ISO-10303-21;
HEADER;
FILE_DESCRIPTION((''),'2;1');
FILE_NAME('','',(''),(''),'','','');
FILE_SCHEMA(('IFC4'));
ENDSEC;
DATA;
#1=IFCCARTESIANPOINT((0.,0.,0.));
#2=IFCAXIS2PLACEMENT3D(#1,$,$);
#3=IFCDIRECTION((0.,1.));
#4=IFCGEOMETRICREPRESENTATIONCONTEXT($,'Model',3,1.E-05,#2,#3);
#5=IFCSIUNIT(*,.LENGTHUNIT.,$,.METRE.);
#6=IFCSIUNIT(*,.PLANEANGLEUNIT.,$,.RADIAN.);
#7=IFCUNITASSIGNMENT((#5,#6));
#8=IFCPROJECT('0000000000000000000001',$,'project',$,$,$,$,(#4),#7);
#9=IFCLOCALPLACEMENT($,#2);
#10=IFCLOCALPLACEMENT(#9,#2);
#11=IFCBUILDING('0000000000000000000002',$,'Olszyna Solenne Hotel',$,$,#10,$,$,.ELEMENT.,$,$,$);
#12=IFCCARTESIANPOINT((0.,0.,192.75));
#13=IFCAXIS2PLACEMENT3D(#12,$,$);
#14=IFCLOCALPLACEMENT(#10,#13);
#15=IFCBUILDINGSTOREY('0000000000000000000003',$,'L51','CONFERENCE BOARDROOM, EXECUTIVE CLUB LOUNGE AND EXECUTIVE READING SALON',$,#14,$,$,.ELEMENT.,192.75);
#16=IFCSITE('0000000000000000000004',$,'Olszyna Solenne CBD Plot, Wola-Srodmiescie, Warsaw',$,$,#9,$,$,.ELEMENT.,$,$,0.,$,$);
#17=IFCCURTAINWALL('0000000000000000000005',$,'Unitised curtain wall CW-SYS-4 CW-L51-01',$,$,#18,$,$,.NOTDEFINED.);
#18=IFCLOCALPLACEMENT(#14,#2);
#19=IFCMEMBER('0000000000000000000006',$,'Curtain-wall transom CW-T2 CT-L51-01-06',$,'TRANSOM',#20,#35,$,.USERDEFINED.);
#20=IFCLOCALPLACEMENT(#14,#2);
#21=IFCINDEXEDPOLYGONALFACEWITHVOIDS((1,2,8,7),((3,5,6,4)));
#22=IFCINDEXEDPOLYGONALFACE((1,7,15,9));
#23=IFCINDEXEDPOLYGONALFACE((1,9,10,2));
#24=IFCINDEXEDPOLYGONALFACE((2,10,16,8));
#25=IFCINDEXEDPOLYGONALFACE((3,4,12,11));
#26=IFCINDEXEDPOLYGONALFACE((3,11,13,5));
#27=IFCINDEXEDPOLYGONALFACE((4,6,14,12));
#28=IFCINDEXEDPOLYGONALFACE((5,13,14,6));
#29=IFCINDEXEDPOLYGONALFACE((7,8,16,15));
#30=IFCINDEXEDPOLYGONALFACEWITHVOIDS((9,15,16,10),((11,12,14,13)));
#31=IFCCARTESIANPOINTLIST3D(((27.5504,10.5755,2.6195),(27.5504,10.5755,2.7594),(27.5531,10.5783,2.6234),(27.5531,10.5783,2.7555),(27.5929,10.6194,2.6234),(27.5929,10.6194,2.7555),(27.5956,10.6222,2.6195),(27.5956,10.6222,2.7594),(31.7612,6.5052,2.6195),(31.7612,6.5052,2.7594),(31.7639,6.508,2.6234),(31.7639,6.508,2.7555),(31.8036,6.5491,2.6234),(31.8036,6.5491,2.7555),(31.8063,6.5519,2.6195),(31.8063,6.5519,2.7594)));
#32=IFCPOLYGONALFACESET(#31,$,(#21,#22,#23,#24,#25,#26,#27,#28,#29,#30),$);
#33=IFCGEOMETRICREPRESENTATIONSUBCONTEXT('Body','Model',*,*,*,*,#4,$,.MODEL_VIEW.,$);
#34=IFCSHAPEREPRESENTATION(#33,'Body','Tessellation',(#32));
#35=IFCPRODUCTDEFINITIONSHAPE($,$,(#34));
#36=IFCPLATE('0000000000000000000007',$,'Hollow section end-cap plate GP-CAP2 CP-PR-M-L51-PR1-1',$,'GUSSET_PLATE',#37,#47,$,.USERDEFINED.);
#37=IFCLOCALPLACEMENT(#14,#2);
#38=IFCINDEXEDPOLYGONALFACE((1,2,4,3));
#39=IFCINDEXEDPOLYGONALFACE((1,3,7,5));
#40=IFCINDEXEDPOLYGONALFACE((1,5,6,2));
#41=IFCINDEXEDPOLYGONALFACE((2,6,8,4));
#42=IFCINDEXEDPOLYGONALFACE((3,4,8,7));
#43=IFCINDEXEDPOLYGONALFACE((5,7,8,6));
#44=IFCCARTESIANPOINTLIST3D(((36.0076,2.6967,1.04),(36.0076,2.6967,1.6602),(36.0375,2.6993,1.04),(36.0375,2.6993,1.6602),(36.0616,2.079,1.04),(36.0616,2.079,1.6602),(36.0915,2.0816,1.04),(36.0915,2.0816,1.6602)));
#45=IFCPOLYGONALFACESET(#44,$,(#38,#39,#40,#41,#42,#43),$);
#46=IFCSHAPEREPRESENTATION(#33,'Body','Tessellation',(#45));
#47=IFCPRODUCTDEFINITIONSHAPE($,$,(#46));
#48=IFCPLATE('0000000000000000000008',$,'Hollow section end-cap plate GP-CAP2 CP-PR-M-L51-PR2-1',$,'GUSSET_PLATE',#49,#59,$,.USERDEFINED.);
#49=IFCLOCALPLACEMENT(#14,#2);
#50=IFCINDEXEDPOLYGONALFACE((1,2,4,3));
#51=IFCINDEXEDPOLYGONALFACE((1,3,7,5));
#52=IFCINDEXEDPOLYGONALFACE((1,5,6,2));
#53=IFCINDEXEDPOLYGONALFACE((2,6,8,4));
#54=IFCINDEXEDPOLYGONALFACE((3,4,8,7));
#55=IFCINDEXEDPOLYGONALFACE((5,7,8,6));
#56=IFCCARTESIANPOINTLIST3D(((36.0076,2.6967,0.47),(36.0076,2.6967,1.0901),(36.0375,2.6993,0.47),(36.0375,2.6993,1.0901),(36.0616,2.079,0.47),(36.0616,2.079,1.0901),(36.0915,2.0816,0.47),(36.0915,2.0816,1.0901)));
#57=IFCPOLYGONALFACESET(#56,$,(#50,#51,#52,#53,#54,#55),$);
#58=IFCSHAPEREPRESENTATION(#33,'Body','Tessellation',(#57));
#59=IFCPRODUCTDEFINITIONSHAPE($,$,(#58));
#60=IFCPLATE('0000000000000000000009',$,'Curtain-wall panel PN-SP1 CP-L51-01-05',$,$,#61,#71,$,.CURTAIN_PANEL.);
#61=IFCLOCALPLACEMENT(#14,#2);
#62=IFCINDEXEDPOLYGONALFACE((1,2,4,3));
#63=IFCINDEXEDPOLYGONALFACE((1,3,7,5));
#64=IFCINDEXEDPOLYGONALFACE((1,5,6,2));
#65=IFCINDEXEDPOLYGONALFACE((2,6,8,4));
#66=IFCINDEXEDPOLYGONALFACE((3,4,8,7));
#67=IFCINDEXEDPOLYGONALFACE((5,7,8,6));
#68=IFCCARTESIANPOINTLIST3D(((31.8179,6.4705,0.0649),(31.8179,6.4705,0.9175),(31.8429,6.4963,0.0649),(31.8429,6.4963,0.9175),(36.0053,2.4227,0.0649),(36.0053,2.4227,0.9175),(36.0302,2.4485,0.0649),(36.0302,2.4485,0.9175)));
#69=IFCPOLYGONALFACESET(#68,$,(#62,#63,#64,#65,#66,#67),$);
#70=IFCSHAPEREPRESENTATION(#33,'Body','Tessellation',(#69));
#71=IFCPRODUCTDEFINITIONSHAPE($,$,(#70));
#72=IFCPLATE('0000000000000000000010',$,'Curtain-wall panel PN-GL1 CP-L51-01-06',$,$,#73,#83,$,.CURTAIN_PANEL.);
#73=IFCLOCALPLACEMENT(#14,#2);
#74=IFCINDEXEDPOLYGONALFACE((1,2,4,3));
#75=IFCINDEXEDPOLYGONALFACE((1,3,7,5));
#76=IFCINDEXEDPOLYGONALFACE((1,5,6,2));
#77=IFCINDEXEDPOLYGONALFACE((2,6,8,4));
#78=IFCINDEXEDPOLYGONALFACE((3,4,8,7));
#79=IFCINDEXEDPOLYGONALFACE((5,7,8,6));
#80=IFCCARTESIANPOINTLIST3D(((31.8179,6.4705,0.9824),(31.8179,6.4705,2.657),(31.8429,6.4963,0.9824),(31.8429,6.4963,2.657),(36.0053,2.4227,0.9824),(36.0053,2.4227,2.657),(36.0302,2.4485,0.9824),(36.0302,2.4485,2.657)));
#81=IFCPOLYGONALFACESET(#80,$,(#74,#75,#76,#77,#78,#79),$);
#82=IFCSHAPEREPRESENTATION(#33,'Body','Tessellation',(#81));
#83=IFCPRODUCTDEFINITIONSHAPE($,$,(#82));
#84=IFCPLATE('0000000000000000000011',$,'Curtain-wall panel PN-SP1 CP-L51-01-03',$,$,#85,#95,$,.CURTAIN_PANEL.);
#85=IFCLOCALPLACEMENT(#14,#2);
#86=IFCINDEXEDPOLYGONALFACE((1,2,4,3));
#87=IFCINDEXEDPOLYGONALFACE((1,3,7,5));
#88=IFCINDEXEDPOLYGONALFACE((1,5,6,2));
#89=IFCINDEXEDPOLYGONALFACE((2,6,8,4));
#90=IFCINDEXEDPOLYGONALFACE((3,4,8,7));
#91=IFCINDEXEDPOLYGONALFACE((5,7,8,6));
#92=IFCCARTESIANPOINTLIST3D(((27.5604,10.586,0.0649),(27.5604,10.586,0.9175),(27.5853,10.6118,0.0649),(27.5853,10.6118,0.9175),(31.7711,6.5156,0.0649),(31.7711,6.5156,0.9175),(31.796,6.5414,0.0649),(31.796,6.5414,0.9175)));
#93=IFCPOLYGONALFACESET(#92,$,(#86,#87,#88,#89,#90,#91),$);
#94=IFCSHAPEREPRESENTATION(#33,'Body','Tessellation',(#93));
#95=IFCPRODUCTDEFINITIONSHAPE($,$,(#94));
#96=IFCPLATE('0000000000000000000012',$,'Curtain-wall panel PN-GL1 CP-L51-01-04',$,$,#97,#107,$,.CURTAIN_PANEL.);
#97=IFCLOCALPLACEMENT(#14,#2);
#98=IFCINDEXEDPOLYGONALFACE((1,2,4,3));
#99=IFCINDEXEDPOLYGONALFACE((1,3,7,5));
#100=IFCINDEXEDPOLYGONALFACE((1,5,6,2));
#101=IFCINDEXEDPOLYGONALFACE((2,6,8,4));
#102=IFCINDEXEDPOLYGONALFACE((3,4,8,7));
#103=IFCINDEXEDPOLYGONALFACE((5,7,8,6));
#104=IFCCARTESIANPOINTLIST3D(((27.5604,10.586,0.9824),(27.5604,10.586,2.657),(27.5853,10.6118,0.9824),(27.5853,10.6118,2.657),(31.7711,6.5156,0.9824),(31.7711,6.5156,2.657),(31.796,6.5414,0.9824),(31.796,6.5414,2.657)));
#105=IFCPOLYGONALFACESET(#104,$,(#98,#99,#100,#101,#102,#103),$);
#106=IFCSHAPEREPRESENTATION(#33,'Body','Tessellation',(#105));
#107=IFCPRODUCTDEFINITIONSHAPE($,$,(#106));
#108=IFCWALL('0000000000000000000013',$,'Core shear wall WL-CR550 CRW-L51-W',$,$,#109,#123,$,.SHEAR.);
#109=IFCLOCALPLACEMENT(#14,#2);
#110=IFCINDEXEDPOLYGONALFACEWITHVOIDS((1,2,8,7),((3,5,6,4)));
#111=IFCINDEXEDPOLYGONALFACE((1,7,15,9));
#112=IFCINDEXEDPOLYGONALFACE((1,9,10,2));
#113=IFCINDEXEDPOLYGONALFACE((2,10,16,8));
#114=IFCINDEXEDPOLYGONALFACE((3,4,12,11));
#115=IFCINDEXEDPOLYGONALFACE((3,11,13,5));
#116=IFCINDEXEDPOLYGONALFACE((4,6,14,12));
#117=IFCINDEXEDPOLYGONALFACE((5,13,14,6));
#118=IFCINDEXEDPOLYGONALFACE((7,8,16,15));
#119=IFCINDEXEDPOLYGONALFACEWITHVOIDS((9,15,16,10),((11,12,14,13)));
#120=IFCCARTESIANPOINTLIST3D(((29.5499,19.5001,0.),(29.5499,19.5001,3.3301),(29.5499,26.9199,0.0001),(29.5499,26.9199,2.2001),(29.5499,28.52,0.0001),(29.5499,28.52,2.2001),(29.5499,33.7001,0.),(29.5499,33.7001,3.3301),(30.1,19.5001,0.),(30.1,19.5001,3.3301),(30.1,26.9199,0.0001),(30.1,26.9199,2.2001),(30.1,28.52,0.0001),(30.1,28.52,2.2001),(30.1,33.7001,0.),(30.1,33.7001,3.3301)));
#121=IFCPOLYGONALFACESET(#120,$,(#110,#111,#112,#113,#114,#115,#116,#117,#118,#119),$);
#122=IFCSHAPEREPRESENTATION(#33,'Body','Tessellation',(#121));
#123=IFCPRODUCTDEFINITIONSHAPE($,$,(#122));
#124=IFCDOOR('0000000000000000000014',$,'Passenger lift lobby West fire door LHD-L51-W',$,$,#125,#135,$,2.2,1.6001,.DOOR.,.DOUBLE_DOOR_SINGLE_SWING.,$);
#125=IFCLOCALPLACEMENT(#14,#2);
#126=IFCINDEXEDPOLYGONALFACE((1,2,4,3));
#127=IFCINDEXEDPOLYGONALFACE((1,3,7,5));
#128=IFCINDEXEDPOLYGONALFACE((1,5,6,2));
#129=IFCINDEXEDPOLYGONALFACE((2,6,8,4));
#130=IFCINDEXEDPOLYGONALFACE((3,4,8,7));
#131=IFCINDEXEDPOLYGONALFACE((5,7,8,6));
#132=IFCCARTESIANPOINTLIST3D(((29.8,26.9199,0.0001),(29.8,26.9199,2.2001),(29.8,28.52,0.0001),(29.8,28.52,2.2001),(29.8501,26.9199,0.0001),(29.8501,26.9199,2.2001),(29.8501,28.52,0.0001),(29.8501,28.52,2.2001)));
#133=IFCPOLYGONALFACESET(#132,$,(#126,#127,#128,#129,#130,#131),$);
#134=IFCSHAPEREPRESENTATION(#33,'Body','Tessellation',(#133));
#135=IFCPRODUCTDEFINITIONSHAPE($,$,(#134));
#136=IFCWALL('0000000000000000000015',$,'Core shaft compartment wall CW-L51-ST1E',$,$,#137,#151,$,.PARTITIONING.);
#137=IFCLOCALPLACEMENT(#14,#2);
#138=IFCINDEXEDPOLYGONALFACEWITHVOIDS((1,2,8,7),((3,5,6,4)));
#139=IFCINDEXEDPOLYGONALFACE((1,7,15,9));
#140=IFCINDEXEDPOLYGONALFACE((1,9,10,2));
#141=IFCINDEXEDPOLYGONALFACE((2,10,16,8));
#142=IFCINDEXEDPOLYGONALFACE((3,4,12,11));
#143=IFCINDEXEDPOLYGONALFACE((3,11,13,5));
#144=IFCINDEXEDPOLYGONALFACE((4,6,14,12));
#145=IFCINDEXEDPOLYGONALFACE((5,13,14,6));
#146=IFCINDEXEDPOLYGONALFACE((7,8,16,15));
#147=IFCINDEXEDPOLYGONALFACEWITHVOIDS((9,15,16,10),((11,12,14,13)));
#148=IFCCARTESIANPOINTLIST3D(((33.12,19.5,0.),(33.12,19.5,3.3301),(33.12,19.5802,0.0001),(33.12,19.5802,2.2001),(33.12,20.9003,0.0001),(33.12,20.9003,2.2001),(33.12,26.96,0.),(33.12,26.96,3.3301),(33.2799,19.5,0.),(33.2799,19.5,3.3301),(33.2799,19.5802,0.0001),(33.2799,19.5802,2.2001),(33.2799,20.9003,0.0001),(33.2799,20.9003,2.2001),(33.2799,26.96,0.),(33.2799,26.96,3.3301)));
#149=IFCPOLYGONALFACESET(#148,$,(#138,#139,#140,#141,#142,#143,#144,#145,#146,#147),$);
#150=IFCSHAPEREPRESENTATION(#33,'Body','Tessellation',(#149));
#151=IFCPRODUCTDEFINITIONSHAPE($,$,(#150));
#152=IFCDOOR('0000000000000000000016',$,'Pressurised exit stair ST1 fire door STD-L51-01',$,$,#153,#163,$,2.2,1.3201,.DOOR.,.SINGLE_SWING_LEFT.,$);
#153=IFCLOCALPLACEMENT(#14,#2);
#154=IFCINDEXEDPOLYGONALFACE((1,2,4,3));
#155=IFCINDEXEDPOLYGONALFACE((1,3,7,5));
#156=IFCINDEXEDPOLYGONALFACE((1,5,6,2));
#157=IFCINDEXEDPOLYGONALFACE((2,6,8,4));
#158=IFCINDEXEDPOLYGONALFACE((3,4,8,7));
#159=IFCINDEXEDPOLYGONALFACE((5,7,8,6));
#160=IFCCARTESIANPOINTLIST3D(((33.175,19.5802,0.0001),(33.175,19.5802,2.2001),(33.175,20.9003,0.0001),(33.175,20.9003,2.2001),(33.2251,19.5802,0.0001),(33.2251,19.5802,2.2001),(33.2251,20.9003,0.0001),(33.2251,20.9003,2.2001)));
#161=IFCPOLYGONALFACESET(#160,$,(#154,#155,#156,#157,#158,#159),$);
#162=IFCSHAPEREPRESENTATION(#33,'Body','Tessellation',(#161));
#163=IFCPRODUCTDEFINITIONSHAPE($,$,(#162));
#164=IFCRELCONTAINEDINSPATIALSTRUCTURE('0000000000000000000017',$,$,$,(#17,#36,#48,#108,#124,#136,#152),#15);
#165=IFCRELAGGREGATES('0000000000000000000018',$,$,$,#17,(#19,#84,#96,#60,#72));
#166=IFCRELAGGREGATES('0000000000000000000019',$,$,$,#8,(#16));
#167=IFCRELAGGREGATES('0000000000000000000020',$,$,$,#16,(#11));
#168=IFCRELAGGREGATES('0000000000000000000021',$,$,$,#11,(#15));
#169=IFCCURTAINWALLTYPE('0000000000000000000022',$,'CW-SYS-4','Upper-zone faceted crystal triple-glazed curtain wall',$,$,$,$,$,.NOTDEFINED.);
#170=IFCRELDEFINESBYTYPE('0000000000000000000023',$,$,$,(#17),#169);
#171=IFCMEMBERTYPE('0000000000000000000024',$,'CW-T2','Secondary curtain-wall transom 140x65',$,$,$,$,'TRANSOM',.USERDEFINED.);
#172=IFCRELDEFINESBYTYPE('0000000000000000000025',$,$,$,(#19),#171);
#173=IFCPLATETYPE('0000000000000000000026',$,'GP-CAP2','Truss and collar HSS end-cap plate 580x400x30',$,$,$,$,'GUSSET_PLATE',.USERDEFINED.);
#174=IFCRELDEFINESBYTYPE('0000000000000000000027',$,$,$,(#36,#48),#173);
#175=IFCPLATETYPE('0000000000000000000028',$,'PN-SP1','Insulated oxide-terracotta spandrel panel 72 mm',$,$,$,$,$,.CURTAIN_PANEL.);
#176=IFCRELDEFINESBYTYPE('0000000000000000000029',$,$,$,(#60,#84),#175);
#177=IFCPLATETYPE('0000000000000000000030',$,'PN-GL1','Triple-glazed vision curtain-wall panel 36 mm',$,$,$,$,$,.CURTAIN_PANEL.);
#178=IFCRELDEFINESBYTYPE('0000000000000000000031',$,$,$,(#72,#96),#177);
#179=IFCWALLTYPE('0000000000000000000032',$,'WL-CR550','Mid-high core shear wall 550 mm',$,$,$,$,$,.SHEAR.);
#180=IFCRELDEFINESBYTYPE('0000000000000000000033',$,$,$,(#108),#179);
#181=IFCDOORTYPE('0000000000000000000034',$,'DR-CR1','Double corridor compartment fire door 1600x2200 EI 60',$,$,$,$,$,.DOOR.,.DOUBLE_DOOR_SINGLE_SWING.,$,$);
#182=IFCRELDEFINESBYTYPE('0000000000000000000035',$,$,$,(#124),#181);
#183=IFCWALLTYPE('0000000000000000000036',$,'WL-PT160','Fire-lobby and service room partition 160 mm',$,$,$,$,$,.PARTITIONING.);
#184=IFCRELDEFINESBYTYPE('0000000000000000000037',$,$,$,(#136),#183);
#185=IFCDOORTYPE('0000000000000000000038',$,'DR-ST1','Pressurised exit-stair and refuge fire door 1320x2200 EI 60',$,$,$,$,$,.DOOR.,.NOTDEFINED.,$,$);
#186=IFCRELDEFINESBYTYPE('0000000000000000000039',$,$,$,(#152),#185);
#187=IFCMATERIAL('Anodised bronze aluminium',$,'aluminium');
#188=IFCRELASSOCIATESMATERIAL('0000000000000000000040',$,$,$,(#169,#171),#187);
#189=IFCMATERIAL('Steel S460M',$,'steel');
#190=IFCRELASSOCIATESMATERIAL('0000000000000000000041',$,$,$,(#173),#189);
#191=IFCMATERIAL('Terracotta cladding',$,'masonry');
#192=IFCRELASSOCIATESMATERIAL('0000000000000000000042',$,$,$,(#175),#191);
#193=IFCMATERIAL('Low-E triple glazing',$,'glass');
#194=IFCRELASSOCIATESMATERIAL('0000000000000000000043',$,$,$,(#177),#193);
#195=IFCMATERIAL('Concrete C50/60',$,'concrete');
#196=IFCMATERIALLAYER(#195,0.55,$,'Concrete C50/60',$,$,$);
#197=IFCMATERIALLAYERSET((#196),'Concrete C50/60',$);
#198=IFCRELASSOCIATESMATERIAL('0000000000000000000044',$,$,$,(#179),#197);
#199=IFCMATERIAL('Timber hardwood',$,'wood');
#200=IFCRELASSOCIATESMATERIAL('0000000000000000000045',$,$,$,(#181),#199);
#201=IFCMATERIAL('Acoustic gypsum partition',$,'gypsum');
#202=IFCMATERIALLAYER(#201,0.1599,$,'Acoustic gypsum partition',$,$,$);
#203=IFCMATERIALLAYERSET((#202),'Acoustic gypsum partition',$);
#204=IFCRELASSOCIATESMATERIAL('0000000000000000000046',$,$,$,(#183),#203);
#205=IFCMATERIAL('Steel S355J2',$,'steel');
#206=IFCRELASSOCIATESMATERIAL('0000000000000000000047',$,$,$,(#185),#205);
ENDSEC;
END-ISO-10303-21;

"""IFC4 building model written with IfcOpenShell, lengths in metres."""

from ifc_helpers import new_model, si_unit, direction, frame, frame_2d, origin, origin_2d, place, context, subcontext, project, spatial, rectangle, hollow_rectangle, extrude, source, transform, mapped, material, layer, layer_set, material_profile, profile_set, type_object, type_shapes, element, fill, aggregate, save


model = new_model("IFC4")

# Units and contexts
model_context = context("Model", 3, precision=1e-05, world=origin(), true_north=direction((0.0, 1.0)))
body_context = subcontext(model_context, "Body", "Model", "MODEL_VIEW")
ifc_project = project(units=[si_unit("LENGTHUNIT", "METRE"), si_unit("PLANEANGLEUNIT", "RADIAN")], contexts=[model_context])

# Site, building, storey
site_placement = place(None, origin())
site = spatial("IfcSite", under=ifc_project, at=site_placement, Name="Olszyna Solenne CBD Plot, Wola-Srodmiescie, Warsaw", CompositionType="ELEMENT", RefElevation=0.0)
building_placement = place(site_placement, origin())
building = spatial("IfcBuilding", under=site, at=building_placement, Name="Olszyna Solenne Hotel", CompositionType="ELEMENT")
storey_placement = place(building_placement, frame((0.0, 0.0, 192.75)))
storey = spatial("IfcBuildingStorey", under=building, at=storey_placement, Name="L51", Description="CONFERENCE BOARDROOM, EXECUTIVE CLUB LOUNGE AND EXECUTIVE READING SALON", CompositionType="ELEMENT", Elevation=192.75)

# Shared definitions
ifc_material_1 = material(Name="Steel S460M", Category="steel")

# Shared definitions
ifc_material_2 = material(Name="Steel S355J2", Category="steel")

# Curtain wall, member
ifc_material_3 = material(Name="Anodised bronze aluminium", Category="aluminium")
curtain_wall_type = type_object("IfcCurtainWallType", Name="CW-SYS-4", Description="Upper-zone faceted crystal triple-glazed curtain wall", PredefinedType="NOTDEFINED", material=ifc_material_3)
curtain_wall_placement = place(storey_placement, origin())
curtain_wall = element("IfcCurtainWall", 1, at=curtain_wall_placement, inside=storey, type_object=curtain_wall_type, Name="Unitised curtain wall CW-SYS-4 CW-L51-01", PredefinedType="NOTDEFINED")
ifc_material_profile_1 = material_profile(ifc_material_3, hollow_rectangle(XDim=0.0649, YDim=0.1399, WallThickness=0.0039, at=origin_2d()), Name="TRAN 140x65x4", Category="load-bearing")
ifc_profile_set_1 = profile_set([ifc_material_profile_1], Name="Anodised bronze aluminium")
member_type_1 = type_object("IfcMemberType", Name="CW-T2", Description="Secondary curtain-wall transom 140x65", ElementType="TRANSOM", PredefinedType="USERDEFINED", material=ifc_profile_set_1)
shared_shape_1 = source(origin(), body_context, "Body", "SweptSolid", [
    extrude(hollow_rectangle(XDim=0.0649, YDim=0.1399, WallThickness=0.0039, at=origin_2d()), origin(), (0.0, 0.0, 1.0), 5.8564),
])
member_1_placement = place(storey_placement, frame((27.573, 10.5989, 2.6895), z_axis=(0.71899, -0.69502, 0.0), x_axis=(0.69502, 0.71899, 0.0)))
member_1 = element("IfcMember", 2, at=member_1_placement, type_object=member_type_1, Name="Curtain-wall transom CW-T2 CT-L51-01-06", ObjectType="TRANSOM", PredefinedType="USERDEFINED", context=body_context, shape_type="MappedRepresentation", body=[
    mapped(shared_shape_1, transform((0.0, 0.0, 0.0), x_axis=(1.0, 0.0, 0.0), y_axis=(0.0, 1.0, 0.0), z_axis=(0.0, 0.0, 1.0), scale=1.0)),
])

# Plates
plate_type_1 = type_object("IfcPlateType", Name="GP-CAP2", Description="Truss and collar HSS end-cap plate 580x400x30", ElementType="GUSSET_PLATE", PredefinedType="USERDEFINED", material=ifc_material_1)
shared_shape_2 = source(origin(), body_context, "Body", "SweptSolid", [
    extrude(rectangle(XDim=0.03, YDim=0.6201, at=origin_2d()), origin(), (0.0, 0.0, 1.0), 0.6201),
])
for number, where, z_axis, x_axis, name in (
    (3, (36.0496, 2.3892, 1.04), (0.0, 0.0, 1.0), (0.996195, 0.087156, 0.0), "Hollow section end-cap plate GP-CAP2 CP-PR-M-L51-PR1-1"),
    (4, (36.0496, 2.3892, 0.47), (0.0, 0.0, 1.0), (0.996195, 0.087156, 0.0), "Hollow section end-cap plate GP-CAP2 CP-PR-M-L51-PR2-1"),
):
    element("IfcPlate", number, at=place(storey_placement, frame(where, z_axis=z_axis, x_axis=x_axis)), inside=storey, type_object=plate_type_1, Name=name, ObjectType="GUSSET_PLATE", PredefinedType="USERDEFINED", context=body_context, shape_type="MappedRepresentation", body=[
        mapped(shared_shape_2, transform((0.0, 0.0, 0.0), x_axis=(1.0, 0.0, 0.0), y_axis=(0.0, 1.0, 0.0), z_axis=(0.0, 0.0, 1.0), scale=1.0)),
    ])

# Plates
ifc_material_4 = material(Name="Terracotta cladding", Category="masonry")
plate_type_2 = type_object("IfcPlateType", Name="PN-SP1", Description="Insulated oxide-terracotta spandrel panel 72 mm", PredefinedType="CURTAIN_PANEL", material=ifc_material_4)
shared_shape_3 = source(origin(), body_context, "Body", "SweptSolid", [
    extrude(rectangle(XDim=5.824, YDim=0.0359, at=origin_2d()), origin(), (0.0, 0.0, 1.0), 0.8525),
])
plate_1_placement = place(storey_placement, frame((33.9241, 4.4595, 0.0649), z_axis=(0.0, 0.0, 1.0), x_axis=(0.718987, -0.695023, 0.0)))
plate_1 = element("IfcPlate", 5, at=plate_1_placement, type_object=plate_type_2, Name="Curtain-wall panel PN-SP1 CP-L51-01-05", PredefinedType="CURTAIN_PANEL", context=body_context, shape_type="MappedRepresentation", body=[
    mapped(shared_shape_3, transform((0.0, 0.0, 0.0), x_axis=(1.0, 0.0, 0.0), y_axis=(0.0, 1.0, 0.0), z_axis=(0.0, 0.0, 1.0), scale=1.0)),
])
ifc_material_5 = material(Name="Low-E triple glazing", Category="glass")
plate_type_3 = type_object("IfcPlateType", Name="PN-GL1", Description="Triple-glazed vision curtain-wall panel 36 mm", PredefinedType="CURTAIN_PANEL", material=ifc_material_5)
shared_shape_4 = source(origin(), body_context, "Body", "SweptSolid", [
    extrude(rectangle(XDim=5.824, YDim=0.0359, at=origin_2d()), origin(), (0.0, 0.0, 1.0), 1.6746),
])
plate_2_placement = place(storey_placement, frame((33.9241, 4.4595, 0.9824), z_axis=(0.0, 0.0, 1.0), x_axis=(0.718987, -0.695023, 0.0)))
plate_2 = element("IfcPlate", 6, at=plate_2_placement, type_object=plate_type_3, Name="Curtain-wall panel PN-GL1 CP-L51-01-06", PredefinedType="CURTAIN_PANEL", context=body_context, shape_type="MappedRepresentation", body=[
    mapped(shared_shape_4, transform((0.0, 0.0, 0.0), x_axis=(1.0, 0.0, 0.0), y_axis=(0.0, 1.0, 0.0), z_axis=(0.0, 0.0, 1.0), scale=1.0)),
])
shared_shape_5 = source(origin(), body_context, "Body", "SweptSolid", [
    extrude(rectangle(XDim=5.8564, YDim=0.0359, at=origin_2d()), origin(), (0.0, 0.0, 1.0), 0.8525),
])
plate_3_placement = place(storey_placement, frame((29.6782, 8.5637, 0.0649), z_axis=(0.0, 0.0, 1.0), x_axis=(0.718987, -0.695023, 0.0)))
plate_3 = element("IfcPlate", 7, at=plate_3_placement, type_object=plate_type_2, Name="Curtain-wall panel PN-SP1 CP-L51-01-03", PredefinedType="CURTAIN_PANEL", context=body_context, shape_type="MappedRepresentation", body=[
    mapped(shared_shape_5, transform((0.0, 0.0, 0.0), x_axis=(1.0, 0.0, 0.0), y_axis=(0.0, 1.0, 0.0), z_axis=(0.0, 0.0, 1.0), scale=1.0)),
])
shared_shape_6 = source(origin(), body_context, "Body", "SweptSolid", [
    extrude(rectangle(XDim=5.8564, YDim=0.0359, at=origin_2d()), origin(), (0.0, 0.0, 1.0), 1.6746),
])
plate_4_placement = place(storey_placement, frame((29.6782, 8.5637, 0.9824), z_axis=(0.0, 0.0, 1.0), x_axis=(0.718987, -0.695023, 0.0)))
plate_4 = element("IfcPlate", 8, at=plate_4_placement, type_object=plate_type_3, Name="Curtain-wall panel PN-GL1 CP-L51-01-04", PredefinedType="CURTAIN_PANEL", context=body_context, shape_type="MappedRepresentation", body=[
    mapped(shared_shape_6, transform((0.0, 0.0, 0.0), x_axis=(1.0, 0.0, 0.0), y_axis=(0.0, 1.0, 0.0), z_axis=(0.0, 0.0, 1.0), scale=1.0)),
])
aggregate(curtain_wall, [member_1, plate_3, plate_4, plate_1, plate_2])

# Walls, openings, doors
ifc_material_6 = material(Name="Concrete C50/60", Category="concrete")
ifc_layer_1 = layer(ifc_material_6, 0.55, Name="Concrete C50/60")
ifc_layer_set_1 = layer_set([ifc_layer_1], Name="Concrete C50/60")
wall_type_1 = type_object("IfcWallType", Name="WL-CR550", Description="Mid-high core shear wall 550 mm", PredefinedType="SHEAR", material=ifc_layer_set_1)
wall_1_placement = place(storey_placement, frame((29.825, 19.5, 0.0), z_axis=(0.0, 0.0, 1.0), x_axis=(0.0, 1.0, 0.0)))
wall_1 = element("IfcWall", 9, at=wall_1_placement, inside=storey, type_object=wall_type_1, Name="Core shear wall WL-CR550 CRW-L51-W", PredefinedType="SHEAR", context=body_context, shape_type="SweptSolid", body=[
    extrude(rectangle(XDim=14.2, YDim=0.55, at=frame_2d((7.1001, 0.0))), origin(), (0.0, 0.0, 1.0), 3.3301),
])
opening_1_placement = place(wall_1_placement, frame((7.4199, 0.0, 0.0)))
opening_1 = element("IfcOpeningElement", 10, at=opening_1_placement, cuts=wall_1, PredefinedType="OPENING", context=body_context, shape_type="SweptSolid", body=[
    extrude(rectangle(XDim=1.6001, YDim=2.2, at=frame_2d((0.8, 1.1001))), frame((0.0, 0.2852, 0.0), z_axis=(0.0, -1.0, 0.0), x_axis=(1.0, 0.0, 0.0)), (0.0, 0.0, 1.0), 0.5701),
])
ifc_material_7 = material(Name="Timber hardwood", Category="wood")
door_type_1 = type_object("IfcDoorType", Name="DR-CR1", Description="Double corridor compartment fire door 1600x2200 EI 60", OperationType="DOUBLE_DOOR_SINGLE_SWING", PredefinedType="DOOR", material=ifc_material_7)
shared_shape_7 = source(origin(), body_context, "Body", "SweptSolid", [
    extrude(rectangle(XDim=1.6001, YDim=2.2, at=frame_2d((0.8, 1.1001))), frame((0.0, 0.0249, 0.0), z_axis=(0.0, -1.0, 0.0), x_axis=(1.0, 0.0, 0.0)), (0.0, 0.0, 1.0), 0.05),
])
type_shapes(door_type_1, [shared_shape_7])
door_1_placement = place(opening_1_placement, origin())
door_1 = element("IfcDoor", 11, at=door_1_placement, inside=storey, type_object=door_type_1, Name="Passenger lift lobby West fire door LHD-L51-W", OperationType="DOUBLE_DOOR_SINGLE_SWING", OverallHeight=2.2, OverallWidth=1.6001, PredefinedType="DOOR", context=body_context, shape_type="MappedRepresentation", body=[
    mapped(shared_shape_7, transform((0.0, 0.0, 0.0), x_axis=(1.0, 0.0, 0.0), y_axis=(0.0, 1.0, 0.0), z_axis=(0.0, 0.0, 1.0), scale=1.0)),
])
fill(opening_1, door_1)
ifc_material_8 = material(Name="Acoustic gypsum partition", Category="gypsum")
ifc_layer_2 = layer(ifc_material_8, 0.1599, Name="Acoustic gypsum partition")
ifc_layer_set_2 = layer_set([ifc_layer_2], Name="Acoustic gypsum partition")
wall_type_2 = type_object("IfcWallType", Name="WL-PT160", Description="Fire-lobby and service room partition 160 mm", PredefinedType="PARTITIONING", material=ifc_layer_set_2)
wall_2_placement = place(storey_placement, frame((33.2, 19.5, 0.0), z_axis=(0.0, 0.0, 1.0), x_axis=(0.0, 1.0, 0.0)))
wall_2 = element("IfcWall", 12, at=wall_2_placement, inside=storey, type_object=wall_type_2, Name="Core shaft compartment wall CW-L51-ST1E", PredefinedType="PARTITIONING", context=body_context, shape_type="SweptSolid", body=[
    extrude(rectangle(XDim=7.46, YDim=0.1599, at=frame_2d((3.73, 0.0))), origin(), (0.0, 0.0, 1.0), 3.3301),
])
opening_2_placement = place(wall_2_placement, frame((0.0801, 0.0, 0.0)))
opening_2 = element("IfcOpeningElement", 13, at=opening_2_placement, cuts=wall_2, PredefinedType="OPENING", context=body_context, shape_type="SweptSolid", body=[
    extrude(rectangle(XDim=1.3201, YDim=2.2, at=frame_2d((0.6602, 1.1001))), frame((0.0, 0.0898, 0.0), z_axis=(0.0, -1.0, 0.0), x_axis=(1.0, 0.0, 0.0)), (0.0, 0.0, 1.0), 0.1799),
])
door_type_2 = type_object("IfcDoorType", Name="DR-ST1", Description="Pressurised exit-stair and refuge fire door 1320x2200 EI 60", OperationType="NOTDEFINED", PredefinedType="DOOR", material=ifc_material_2)
shared_shape_8 = source(origin(), body_context, "Body", "SweptSolid", [
    extrude(rectangle(XDim=1.3201, YDim=2.2, at=frame_2d((0.6602, 1.1001))), frame((0.0, 0.0249, 0.0), z_axis=(0.0, -1.0, 0.0), x_axis=(1.0, 0.0, 0.0)), (0.0, 0.0, 1.0), 0.05),
])
type_shapes(door_type_2, [shared_shape_8])
door_2_placement = place(opening_2_placement, origin())
door_2 = element("IfcDoor", 14, at=door_2_placement, inside=storey, type_object=door_type_2, Name="Pressurised exit stair ST1 fire door STD-L51-01", OperationType="SINGLE_SWING_LEFT", OverallHeight=2.2, OverallWidth=1.3201, PredefinedType="DOOR", context=body_context, shape_type="MappedRepresentation", body=[
    mapped(shared_shape_8, transform((0.0, 0.0, 0.0), x_axis=(1.0, 0.0, 0.0), y_axis=(0.0, 1.0, 0.0), z_axis=(0.0, 0.0, 1.0), scale=1.0)),
])
fill(opening_2, door_2)

save(model, "model.ifc")
